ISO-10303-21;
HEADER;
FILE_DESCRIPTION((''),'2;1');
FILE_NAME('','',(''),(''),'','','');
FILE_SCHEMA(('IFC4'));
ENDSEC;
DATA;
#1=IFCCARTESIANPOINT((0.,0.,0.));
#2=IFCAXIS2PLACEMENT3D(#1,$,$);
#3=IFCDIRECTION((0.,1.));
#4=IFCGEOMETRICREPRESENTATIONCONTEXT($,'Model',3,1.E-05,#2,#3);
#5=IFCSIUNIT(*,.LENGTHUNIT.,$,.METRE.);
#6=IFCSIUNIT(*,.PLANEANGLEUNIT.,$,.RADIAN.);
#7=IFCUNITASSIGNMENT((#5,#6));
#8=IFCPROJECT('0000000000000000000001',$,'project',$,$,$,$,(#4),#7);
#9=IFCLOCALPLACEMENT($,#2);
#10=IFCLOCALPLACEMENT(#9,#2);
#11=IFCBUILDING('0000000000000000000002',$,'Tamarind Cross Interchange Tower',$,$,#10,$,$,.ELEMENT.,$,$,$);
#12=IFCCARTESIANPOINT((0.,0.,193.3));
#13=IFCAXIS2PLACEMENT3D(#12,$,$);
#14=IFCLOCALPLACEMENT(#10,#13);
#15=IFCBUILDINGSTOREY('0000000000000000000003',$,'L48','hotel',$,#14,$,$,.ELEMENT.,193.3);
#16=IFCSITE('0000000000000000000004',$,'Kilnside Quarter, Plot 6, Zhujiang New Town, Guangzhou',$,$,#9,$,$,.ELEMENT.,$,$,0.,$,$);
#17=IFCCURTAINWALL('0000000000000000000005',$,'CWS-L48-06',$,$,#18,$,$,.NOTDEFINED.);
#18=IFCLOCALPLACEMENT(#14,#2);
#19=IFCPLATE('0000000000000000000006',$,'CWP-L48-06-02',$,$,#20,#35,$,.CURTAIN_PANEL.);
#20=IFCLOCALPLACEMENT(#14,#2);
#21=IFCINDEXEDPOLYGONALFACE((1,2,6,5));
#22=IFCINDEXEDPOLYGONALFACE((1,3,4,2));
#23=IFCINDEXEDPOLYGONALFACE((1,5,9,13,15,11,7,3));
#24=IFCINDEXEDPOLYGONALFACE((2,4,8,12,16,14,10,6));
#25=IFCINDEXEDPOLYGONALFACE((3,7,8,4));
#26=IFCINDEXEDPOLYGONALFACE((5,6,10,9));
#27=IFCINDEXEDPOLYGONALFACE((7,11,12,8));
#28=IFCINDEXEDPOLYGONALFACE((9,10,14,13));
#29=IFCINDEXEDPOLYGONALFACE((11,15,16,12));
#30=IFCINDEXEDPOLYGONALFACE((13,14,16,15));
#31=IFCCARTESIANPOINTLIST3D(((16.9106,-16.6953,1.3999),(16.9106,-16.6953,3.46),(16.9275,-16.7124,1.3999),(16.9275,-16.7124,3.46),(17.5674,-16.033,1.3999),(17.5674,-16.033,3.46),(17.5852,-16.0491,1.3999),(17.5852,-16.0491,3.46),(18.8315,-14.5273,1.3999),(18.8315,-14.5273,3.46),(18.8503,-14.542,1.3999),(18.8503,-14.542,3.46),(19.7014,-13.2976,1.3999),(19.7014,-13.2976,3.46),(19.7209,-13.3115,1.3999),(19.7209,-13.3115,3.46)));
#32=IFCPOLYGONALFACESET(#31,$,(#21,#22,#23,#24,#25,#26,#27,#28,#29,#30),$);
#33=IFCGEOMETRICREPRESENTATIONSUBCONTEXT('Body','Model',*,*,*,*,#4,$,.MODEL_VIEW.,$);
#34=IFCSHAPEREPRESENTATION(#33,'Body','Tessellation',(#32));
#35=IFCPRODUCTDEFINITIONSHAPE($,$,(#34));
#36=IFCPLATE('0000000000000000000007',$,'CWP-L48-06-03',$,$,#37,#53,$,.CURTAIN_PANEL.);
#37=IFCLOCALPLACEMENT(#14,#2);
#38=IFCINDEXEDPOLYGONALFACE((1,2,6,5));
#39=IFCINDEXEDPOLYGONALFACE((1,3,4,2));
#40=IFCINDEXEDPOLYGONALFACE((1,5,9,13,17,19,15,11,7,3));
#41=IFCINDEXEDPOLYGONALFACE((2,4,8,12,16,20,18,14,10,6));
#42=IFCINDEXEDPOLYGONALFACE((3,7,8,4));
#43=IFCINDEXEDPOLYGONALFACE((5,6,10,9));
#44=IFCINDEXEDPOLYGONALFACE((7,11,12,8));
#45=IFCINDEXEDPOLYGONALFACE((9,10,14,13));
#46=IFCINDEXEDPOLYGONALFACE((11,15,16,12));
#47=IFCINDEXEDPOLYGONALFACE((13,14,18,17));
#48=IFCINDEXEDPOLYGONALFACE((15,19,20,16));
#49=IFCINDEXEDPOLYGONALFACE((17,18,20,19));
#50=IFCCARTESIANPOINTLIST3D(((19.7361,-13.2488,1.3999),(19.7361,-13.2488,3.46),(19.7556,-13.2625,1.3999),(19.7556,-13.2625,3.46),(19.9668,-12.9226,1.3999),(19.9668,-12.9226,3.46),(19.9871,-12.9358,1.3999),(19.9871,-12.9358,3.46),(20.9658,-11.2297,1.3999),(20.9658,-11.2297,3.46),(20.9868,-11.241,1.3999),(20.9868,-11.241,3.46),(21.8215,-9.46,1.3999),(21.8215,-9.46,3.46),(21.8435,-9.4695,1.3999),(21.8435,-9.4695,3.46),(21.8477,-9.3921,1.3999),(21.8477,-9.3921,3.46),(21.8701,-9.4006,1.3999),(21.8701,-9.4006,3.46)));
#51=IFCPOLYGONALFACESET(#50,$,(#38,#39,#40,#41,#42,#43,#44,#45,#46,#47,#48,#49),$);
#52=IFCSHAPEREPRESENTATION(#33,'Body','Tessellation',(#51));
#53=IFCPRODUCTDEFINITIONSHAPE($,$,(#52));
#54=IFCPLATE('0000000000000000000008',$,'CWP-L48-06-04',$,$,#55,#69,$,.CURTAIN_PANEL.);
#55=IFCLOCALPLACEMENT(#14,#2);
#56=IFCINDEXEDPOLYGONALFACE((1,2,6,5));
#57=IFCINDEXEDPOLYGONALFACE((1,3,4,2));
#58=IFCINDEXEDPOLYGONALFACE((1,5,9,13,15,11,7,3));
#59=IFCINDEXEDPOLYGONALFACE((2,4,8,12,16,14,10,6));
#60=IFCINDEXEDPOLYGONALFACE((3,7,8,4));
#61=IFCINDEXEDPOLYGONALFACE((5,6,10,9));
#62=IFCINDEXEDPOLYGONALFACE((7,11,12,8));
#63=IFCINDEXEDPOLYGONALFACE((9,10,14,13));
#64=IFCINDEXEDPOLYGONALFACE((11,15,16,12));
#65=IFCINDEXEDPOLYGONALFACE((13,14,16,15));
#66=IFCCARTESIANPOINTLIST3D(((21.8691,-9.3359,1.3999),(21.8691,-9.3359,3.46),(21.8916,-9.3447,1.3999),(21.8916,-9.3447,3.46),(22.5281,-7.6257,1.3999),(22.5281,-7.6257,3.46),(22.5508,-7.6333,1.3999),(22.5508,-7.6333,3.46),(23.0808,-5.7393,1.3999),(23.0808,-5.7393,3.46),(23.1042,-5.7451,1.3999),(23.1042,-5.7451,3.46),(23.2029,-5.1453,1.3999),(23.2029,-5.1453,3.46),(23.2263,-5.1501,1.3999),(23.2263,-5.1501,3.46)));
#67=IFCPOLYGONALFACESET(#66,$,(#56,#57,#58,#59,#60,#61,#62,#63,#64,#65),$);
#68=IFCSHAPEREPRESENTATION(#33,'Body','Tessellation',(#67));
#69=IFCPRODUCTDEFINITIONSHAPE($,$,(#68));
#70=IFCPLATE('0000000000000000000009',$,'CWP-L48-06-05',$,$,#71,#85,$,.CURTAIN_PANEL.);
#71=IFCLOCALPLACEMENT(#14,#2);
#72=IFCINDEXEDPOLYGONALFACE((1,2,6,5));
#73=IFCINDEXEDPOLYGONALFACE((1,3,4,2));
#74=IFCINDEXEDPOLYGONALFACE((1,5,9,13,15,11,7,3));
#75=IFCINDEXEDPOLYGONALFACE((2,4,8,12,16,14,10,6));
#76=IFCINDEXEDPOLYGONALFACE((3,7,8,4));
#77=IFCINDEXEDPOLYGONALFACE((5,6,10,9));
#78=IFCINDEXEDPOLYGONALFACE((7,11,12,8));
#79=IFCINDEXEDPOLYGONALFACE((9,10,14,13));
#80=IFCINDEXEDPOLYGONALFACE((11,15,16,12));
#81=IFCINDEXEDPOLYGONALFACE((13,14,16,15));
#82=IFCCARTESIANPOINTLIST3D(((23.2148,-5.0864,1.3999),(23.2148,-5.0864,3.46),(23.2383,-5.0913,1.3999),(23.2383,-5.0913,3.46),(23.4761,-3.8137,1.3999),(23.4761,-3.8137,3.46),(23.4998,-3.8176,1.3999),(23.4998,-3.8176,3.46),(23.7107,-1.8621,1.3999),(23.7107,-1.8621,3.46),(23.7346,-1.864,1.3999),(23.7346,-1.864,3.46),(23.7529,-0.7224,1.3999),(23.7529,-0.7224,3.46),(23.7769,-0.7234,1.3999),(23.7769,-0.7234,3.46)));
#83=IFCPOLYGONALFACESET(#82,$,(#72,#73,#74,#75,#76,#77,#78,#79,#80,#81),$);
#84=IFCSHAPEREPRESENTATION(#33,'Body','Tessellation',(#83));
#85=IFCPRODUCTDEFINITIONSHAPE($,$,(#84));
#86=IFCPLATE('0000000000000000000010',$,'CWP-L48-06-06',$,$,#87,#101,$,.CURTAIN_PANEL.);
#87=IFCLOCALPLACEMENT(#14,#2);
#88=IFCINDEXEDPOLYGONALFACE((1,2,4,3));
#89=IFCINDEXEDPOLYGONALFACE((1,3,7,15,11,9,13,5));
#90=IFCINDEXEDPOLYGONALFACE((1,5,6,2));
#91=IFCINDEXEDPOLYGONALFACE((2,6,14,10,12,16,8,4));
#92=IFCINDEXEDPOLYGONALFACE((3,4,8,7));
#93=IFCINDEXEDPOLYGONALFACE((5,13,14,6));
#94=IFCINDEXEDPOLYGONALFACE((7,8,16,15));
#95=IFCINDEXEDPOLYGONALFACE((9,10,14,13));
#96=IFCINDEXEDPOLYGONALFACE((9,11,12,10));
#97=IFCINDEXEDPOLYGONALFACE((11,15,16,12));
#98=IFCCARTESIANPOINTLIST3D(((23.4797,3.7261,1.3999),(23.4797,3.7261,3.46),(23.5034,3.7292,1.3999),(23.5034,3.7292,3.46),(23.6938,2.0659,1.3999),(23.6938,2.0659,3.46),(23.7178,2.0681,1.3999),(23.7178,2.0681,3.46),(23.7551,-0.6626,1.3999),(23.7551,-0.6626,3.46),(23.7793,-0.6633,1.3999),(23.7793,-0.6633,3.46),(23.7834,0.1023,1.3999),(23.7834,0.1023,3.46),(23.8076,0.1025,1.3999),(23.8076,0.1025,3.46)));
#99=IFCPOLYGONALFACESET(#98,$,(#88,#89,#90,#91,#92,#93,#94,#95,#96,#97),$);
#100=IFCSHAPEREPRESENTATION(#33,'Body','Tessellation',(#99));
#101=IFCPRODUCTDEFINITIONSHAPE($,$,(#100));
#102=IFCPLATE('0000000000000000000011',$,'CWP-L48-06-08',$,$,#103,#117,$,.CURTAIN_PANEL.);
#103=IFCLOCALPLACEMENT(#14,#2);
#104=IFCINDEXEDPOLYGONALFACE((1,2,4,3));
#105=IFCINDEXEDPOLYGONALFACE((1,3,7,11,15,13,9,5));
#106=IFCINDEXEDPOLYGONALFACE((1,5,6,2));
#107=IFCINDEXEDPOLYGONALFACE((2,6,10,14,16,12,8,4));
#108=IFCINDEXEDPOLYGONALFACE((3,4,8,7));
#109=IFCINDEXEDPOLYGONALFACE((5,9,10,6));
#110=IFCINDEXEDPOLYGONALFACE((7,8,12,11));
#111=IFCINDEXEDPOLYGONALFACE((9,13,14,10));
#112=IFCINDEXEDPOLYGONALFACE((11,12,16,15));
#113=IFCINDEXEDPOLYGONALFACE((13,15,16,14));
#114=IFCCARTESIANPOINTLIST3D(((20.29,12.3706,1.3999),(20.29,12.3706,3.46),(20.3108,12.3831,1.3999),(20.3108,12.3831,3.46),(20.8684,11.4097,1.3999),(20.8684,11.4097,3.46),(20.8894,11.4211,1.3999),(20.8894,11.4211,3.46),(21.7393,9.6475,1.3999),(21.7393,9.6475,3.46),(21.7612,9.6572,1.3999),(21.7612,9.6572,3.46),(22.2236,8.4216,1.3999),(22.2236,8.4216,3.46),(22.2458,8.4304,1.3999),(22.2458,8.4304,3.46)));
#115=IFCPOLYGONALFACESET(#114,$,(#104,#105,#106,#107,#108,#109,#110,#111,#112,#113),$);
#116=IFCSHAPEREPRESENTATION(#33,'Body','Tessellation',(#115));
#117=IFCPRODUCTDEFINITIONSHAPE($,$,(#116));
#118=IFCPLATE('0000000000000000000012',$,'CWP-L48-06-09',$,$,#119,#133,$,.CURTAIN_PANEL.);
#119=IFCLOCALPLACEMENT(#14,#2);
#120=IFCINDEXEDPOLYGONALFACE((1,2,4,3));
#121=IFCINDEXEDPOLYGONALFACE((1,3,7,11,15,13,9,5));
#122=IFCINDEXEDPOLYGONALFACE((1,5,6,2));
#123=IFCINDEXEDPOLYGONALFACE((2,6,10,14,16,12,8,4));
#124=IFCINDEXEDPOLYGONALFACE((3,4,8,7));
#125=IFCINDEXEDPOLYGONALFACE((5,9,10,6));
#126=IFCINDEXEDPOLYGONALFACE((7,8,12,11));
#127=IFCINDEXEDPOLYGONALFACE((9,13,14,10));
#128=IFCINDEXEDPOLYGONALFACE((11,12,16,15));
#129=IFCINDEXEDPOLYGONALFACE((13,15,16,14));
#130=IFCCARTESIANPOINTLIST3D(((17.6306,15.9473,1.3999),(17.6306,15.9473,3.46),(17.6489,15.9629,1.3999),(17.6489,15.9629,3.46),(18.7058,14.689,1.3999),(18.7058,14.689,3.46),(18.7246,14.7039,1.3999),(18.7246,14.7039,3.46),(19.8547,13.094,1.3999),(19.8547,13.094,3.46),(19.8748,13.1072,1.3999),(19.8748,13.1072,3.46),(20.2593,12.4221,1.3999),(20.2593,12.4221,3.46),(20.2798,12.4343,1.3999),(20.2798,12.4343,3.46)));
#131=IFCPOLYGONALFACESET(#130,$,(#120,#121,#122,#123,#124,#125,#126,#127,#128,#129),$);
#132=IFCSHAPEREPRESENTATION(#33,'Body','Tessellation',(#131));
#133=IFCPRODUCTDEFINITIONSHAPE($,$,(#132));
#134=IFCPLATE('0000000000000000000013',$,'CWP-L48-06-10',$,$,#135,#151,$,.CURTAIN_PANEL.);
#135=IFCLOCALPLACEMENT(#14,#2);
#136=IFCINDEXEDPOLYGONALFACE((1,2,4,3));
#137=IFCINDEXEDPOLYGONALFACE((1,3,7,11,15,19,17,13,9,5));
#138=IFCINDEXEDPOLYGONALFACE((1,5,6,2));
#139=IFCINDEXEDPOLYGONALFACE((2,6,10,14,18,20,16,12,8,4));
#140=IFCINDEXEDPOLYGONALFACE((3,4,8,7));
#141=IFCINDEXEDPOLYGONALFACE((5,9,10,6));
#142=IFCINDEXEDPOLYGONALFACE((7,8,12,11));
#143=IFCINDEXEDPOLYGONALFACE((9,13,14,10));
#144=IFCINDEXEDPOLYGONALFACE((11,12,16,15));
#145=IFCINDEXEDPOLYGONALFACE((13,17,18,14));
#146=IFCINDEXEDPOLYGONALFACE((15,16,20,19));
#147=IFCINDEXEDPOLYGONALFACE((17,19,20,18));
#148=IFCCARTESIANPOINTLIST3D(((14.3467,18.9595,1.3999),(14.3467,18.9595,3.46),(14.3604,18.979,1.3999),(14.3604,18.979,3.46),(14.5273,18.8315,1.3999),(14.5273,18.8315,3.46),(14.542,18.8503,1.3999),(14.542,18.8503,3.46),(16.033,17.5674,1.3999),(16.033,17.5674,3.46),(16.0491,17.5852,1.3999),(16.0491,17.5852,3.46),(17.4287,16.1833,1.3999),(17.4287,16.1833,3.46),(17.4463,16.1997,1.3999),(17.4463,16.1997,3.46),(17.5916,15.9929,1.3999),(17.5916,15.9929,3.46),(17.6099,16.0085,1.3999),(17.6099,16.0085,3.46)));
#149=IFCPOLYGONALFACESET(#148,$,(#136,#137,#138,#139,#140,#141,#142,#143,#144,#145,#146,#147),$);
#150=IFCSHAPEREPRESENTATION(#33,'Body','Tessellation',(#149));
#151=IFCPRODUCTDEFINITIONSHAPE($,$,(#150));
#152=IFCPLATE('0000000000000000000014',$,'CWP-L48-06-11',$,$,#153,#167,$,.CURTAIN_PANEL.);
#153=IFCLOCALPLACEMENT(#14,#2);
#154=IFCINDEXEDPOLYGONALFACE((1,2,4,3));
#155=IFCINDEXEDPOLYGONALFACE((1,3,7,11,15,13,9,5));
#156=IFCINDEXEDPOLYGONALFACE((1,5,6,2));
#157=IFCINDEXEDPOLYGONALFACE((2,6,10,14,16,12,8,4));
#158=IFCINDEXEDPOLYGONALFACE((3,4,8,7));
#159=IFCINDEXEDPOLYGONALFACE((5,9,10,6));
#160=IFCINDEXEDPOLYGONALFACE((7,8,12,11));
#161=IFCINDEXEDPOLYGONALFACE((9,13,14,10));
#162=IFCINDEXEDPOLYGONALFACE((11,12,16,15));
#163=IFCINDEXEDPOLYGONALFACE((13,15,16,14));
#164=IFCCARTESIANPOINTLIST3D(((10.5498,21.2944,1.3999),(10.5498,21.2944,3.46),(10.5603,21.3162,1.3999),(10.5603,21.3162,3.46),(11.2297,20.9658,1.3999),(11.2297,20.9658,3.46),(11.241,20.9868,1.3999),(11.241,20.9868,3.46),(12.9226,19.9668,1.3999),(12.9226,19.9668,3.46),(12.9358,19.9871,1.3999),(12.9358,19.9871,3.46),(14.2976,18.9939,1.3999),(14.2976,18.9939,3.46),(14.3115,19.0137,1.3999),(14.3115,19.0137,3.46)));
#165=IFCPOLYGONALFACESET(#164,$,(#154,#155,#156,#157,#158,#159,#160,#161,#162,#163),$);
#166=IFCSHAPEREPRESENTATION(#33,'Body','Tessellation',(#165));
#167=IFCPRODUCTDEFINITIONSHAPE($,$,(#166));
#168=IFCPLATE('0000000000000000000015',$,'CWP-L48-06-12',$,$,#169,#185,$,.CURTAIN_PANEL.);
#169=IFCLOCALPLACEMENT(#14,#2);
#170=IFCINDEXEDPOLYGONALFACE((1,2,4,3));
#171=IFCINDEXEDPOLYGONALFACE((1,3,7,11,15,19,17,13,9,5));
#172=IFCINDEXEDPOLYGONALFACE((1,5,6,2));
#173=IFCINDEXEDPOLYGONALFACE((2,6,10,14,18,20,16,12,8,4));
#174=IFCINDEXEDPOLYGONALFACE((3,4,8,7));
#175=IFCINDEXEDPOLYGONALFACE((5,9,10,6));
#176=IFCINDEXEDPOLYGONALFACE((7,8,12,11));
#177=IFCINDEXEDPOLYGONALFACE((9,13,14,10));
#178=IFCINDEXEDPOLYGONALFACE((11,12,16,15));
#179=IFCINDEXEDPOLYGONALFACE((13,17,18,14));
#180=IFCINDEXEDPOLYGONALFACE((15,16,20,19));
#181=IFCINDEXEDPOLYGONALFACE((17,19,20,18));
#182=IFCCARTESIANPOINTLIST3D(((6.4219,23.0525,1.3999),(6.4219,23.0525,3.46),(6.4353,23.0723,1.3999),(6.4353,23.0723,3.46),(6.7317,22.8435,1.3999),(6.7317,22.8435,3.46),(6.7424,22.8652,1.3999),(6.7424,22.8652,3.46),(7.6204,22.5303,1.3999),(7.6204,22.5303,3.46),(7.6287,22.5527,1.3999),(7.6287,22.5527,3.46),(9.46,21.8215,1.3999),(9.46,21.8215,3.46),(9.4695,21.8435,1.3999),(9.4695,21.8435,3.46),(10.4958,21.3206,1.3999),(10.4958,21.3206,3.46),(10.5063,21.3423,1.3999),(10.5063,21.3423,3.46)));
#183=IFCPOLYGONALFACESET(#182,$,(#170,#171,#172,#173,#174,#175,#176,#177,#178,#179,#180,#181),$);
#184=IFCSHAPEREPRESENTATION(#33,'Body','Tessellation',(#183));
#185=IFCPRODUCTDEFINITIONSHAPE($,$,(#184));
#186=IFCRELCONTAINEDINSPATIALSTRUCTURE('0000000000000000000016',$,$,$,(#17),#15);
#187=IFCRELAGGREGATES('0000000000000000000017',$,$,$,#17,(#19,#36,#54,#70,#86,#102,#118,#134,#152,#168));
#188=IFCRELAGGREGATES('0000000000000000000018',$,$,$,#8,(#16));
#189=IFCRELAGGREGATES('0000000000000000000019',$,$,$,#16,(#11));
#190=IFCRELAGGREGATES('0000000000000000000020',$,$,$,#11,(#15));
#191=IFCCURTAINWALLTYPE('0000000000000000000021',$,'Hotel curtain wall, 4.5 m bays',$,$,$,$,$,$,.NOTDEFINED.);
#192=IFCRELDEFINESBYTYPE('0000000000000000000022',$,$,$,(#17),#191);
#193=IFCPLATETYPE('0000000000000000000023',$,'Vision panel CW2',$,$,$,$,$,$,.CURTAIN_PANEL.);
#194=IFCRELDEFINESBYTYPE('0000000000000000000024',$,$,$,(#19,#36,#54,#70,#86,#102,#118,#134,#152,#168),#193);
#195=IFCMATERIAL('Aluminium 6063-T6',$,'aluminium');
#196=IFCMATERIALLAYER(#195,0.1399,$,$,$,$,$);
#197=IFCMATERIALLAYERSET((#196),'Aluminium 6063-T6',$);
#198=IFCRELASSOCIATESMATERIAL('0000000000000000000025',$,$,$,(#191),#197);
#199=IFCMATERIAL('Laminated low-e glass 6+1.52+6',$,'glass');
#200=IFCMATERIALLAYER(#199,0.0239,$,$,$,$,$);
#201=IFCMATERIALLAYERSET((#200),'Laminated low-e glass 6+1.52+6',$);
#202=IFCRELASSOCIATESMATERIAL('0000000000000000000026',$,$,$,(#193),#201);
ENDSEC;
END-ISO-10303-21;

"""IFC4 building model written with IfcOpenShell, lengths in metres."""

from ifc_helpers import new_model, si_unit, direction, frame, origin, place, context, subcontext, project, spatial, polyline, outline, extrude, material, layer, layer_set, type_object, element, aggregate, save


model = new_model("IFC4")

# Units and contexts
model_context = context("Model", 3, precision=1e-05, world=origin(), true_north=direction((0.0, 1.0)))
body_context = subcontext(model_context, "Body", "Model", "MODEL_VIEW")
ifc_project = project(units=[si_unit("LENGTHUNIT", "METRE"), si_unit("PLANEANGLEUNIT", "RADIAN")], contexts=[model_context])

# Site, building, storey
site_placement = place(None, origin())
site = spatial("IfcSite", under=ifc_project, at=site_placement, Name="Kilnside Quarter, Plot 6, Zhujiang New Town, Guangzhou", CompositionType="ELEMENT", RefElevation=0.0)
building_placement = place(site_placement, origin())
building = spatial("IfcBuilding", under=site, at=building_placement, Name="Tamarind Cross Interchange Tower", CompositionType="ELEMENT")
storey_placement = place(building_placement, frame((0.0, 0.0, 193.3)))
storey = spatial("IfcBuildingStorey", under=building, at=storey_placement, Name="L48", Description="hotel", CompositionType="ELEMENT", Elevation=193.3)

# Curtain wall, plates
ifc_material_1 = material(Name="Aluminium 6063-T6", Category="aluminium")
ifc_layer_1 = layer(ifc_material_1, 0.1399)
ifc_layer_set_1 = layer_set([ifc_layer_1], Name="Aluminium 6063-T6")
curtain_wall_type = type_object("IfcCurtainWallType", Name="Hotel curtain wall, 4.5 m bays", PredefinedType="NOTDEFINED", material=ifc_layer_set_1)
curtain_wall_1_placement = place(storey_placement, origin())
curtain_wall_1 = element("IfcCurtainWall", 1, at=curtain_wall_1_placement, inside=storey, type_object=curtain_wall_type, Name="CWS-L48-06", PredefinedType="NOTDEFINED")
ifc_material_2 = material(Name="Laminated low-e glass 6+1.52+6", Category="glass")
ifc_layer_2 = layer(ifc_material_2, 0.0239)
ifc_layer_set_2 = layer_set([ifc_layer_2], Name="Laminated low-e glass 6+1.52+6")
plate_type = type_object("IfcPlateType", Name="Vision panel CW2", PredefinedType="CURTAIN_PANEL", material=ifc_layer_set_2)
plate_1_placement = place(storey_placement, frame((0.0, 0.0, 1.3999)))
plate_1 = element("IfcPlate", 2, at=plate_1_placement, type_object=plate_type, Name="CWP-L48-06-02", PredefinedType="CURTAIN_PANEL", context=body_context, shape_type="SweptSolid", body=[
    extrude(outline(polyline([(16.9106, -16.6953), (17.5674, -16.033), (18.8315, -14.5273), (19.7014, -13.2976), (19.7209, -13.3115), (18.8503, -14.542), (17.5852, -16.0491), (16.9275, -16.7124), (16.9106, -16.6953)])), origin(), (0.0, 0.0, 1.0), 2.0601),
])
plate_2_placement = place(storey_placement, frame((0.0, 0.0, 1.3999)))
plate_2 = element("IfcPlate", 3, at=plate_2_placement, type_object=plate_type, Name="CWP-L48-06-03", PredefinedType="CURTAIN_PANEL", context=body_context, shape_type="SweptSolid", body=[
    extrude(outline(polyline([(19.7361, -13.2488), (19.9668, -12.9226), (20.9658, -11.2297), (21.8215, -9.46), (21.8477, -9.3921), (21.8701, -9.4006), (21.8435, -9.4695), (20.9868, -11.241), (19.9871, -12.9358), (19.7556, -13.2625), (19.7361, -13.2488)])), origin(), (0.0, 0.0, 1.0), 2.0601),
])
plate_3_placement = place(storey_placement, frame((0.0, 0.0, 1.3999)))
plate_3 = element("IfcPlate", 4, at=plate_3_placement, type_object=plate_type, Name="CWP-L48-06-04", PredefinedType="CURTAIN_PANEL", context=body_context, shape_type="SweptSolid", body=[
    extrude(outline(polyline([(21.8691, -9.3359), (22.5281, -7.6257), (23.0808, -5.7393), (23.2029, -5.1453), (23.2263, -5.1501), (23.1042, -5.7451), (22.5508, -7.6333), (21.8916, -9.3447), (21.8691, -9.3359)])), origin(), (0.0, 0.0, 1.0), 2.0601),
])
plate_4_placement = place(storey_placement, frame((0.0, 0.0, 1.3999)))
plate_4 = element("IfcPlate", 5, at=plate_4_placement, type_object=plate_type, Name="CWP-L48-06-05", PredefinedType="CURTAIN_PANEL", context=body_context, shape_type="SweptSolid", body=[
    extrude(outline(polyline([(23.2148, -5.0864), (23.4761, -3.8137), (23.7107, -1.8621), (23.7529, -0.7224), (23.7769, -0.7234), (23.7346, -1.864), (23.4998, -3.8176), (23.2383, -5.0913), (23.2148, -5.0864)])), origin(), (0.0, 0.0, 1.0), 2.0601),
])
plate_5_placement = place(storey_placement, frame((0.0, 0.0, 1.3999)))
plate_5 = element("IfcPlate", 6, at=plate_5_placement, type_object=plate_type, Name="CWP-L48-06-06", PredefinedType="CURTAIN_PANEL", context=body_context, shape_type="SweptSolid", body=[
    extrude(outline(polyline([(23.7551, -0.6626), (23.7834, 0.1023), (23.6938, 2.0659), (23.4797, 3.7261), (23.5034, 3.7292), (23.7178, 2.0681), (23.8076, 0.1025), (23.7793, -0.6633), (23.7551, -0.6626)])), origin(), (0.0, 0.0, 1.0), 2.0601),
])
plate_6_placement = place(storey_placement, frame((0.0, 0.0, 1.3999)))
plate_6 = element("IfcPlate", 7, at=plate_6_placement, type_object=plate_type, Name="CWP-L48-06-08", PredefinedType="CURTAIN_PANEL", context=body_context, shape_type="SweptSolid", body=[
    extrude(outline(polyline([(22.2236, 8.4216), (21.7393, 9.6475), (20.8684, 11.4097), (20.29, 12.3706), (20.3108, 12.3831), (20.8894, 11.4211), (21.7612, 9.6572), (22.2458, 8.4304), (22.2236, 8.4216)])), origin(), (0.0, 0.0, 1.0), 2.0601),
])
plate_7_placement = place(storey_placement, frame((0.0, 0.0, 1.3999)))
plate_7 = element("IfcPlate", 8, at=plate_7_placement, type_object=plate_type, Name="CWP-L48-06-09", PredefinedType="CURTAIN_PANEL", context=body_context, shape_type="SweptSolid", body=[
    extrude(outline(polyline([(20.2593, 12.4221), (19.8547, 13.094), (18.7058, 14.689), (17.6306, 15.9473), (17.6489, 15.9629), (18.7246, 14.7039), (19.8748, 13.1072), (20.2798, 12.4343), (20.2593, 12.4221)])), origin(), (0.0, 0.0, 1.0), 2.0601),
])
plate_8_placement = place(storey_placement, frame((0.0, 0.0, 1.3999)))
plate_8 = element("IfcPlate", 9, at=plate_8_placement, type_object=plate_type, Name="CWP-L48-06-10", PredefinedType="CURTAIN_PANEL", context=body_context, shape_type="SweptSolid", body=[
    extrude(outline(polyline([(17.5916, 15.9929), (17.4287, 16.1833), (16.033, 17.5674), (14.5273, 18.8315), (14.3467, 18.9595), (14.3604, 18.979), (14.542, 18.8503), (16.0491, 17.5852), (17.4463, 16.1997), (17.6099, 16.0085), (17.5916, 15.9929)])), origin(), (0.0, 0.0, 1.0), 2.0601),
])
plate_9_placement = place(storey_placement, frame((0.0, 0.0, 1.3999)))
plate_9 = element("IfcPlate", 10, at=plate_9_placement, type_object=plate_type, Name="CWP-L48-06-11", PredefinedType="CURTAIN_PANEL", context=body_context, shape_type="SweptSolid", body=[
    extrude(outline(polyline([(14.2976, 18.9939), (12.9226, 19.9668), (11.2297, 20.9658), (10.5498, 21.2944), (10.5603, 21.3162), (11.241, 20.9868), (12.9358, 19.9871), (14.3115, 19.0137), (14.2976, 18.9939)])), origin(), (0.0, 0.0, 1.0), 2.0601),
])
plate_10_placement = place(storey_placement, frame((0.0, 0.0, 1.3999)))
plate_10 = element("IfcPlate", 11, at=plate_10_placement, type_object=plate_type, Name="CWP-L48-06-12", PredefinedType="CURTAIN_PANEL", context=body_context, shape_type="SweptSolid", body=[
    extrude(outline(polyline([(10.4958, 21.3206), (9.46, 21.8215), (7.6204, 22.5303), (6.7317, 22.8435), (6.4219, 23.0525), (6.4353, 23.0723), (6.7424, 22.8652), (7.6287, 22.5527), (9.4695, 21.8435), (10.5063, 21.3423), (10.4958, 21.3206)])), origin(), (0.0, 0.0, 1.0), 2.0601),
])
aggregate(curtain_wall_1, [plate_1, plate_2, plate_3, plate_4, plate_5, plate_6, plate_7, plate_8, plate_9, plate_10])

save(model, "model.ifc")
